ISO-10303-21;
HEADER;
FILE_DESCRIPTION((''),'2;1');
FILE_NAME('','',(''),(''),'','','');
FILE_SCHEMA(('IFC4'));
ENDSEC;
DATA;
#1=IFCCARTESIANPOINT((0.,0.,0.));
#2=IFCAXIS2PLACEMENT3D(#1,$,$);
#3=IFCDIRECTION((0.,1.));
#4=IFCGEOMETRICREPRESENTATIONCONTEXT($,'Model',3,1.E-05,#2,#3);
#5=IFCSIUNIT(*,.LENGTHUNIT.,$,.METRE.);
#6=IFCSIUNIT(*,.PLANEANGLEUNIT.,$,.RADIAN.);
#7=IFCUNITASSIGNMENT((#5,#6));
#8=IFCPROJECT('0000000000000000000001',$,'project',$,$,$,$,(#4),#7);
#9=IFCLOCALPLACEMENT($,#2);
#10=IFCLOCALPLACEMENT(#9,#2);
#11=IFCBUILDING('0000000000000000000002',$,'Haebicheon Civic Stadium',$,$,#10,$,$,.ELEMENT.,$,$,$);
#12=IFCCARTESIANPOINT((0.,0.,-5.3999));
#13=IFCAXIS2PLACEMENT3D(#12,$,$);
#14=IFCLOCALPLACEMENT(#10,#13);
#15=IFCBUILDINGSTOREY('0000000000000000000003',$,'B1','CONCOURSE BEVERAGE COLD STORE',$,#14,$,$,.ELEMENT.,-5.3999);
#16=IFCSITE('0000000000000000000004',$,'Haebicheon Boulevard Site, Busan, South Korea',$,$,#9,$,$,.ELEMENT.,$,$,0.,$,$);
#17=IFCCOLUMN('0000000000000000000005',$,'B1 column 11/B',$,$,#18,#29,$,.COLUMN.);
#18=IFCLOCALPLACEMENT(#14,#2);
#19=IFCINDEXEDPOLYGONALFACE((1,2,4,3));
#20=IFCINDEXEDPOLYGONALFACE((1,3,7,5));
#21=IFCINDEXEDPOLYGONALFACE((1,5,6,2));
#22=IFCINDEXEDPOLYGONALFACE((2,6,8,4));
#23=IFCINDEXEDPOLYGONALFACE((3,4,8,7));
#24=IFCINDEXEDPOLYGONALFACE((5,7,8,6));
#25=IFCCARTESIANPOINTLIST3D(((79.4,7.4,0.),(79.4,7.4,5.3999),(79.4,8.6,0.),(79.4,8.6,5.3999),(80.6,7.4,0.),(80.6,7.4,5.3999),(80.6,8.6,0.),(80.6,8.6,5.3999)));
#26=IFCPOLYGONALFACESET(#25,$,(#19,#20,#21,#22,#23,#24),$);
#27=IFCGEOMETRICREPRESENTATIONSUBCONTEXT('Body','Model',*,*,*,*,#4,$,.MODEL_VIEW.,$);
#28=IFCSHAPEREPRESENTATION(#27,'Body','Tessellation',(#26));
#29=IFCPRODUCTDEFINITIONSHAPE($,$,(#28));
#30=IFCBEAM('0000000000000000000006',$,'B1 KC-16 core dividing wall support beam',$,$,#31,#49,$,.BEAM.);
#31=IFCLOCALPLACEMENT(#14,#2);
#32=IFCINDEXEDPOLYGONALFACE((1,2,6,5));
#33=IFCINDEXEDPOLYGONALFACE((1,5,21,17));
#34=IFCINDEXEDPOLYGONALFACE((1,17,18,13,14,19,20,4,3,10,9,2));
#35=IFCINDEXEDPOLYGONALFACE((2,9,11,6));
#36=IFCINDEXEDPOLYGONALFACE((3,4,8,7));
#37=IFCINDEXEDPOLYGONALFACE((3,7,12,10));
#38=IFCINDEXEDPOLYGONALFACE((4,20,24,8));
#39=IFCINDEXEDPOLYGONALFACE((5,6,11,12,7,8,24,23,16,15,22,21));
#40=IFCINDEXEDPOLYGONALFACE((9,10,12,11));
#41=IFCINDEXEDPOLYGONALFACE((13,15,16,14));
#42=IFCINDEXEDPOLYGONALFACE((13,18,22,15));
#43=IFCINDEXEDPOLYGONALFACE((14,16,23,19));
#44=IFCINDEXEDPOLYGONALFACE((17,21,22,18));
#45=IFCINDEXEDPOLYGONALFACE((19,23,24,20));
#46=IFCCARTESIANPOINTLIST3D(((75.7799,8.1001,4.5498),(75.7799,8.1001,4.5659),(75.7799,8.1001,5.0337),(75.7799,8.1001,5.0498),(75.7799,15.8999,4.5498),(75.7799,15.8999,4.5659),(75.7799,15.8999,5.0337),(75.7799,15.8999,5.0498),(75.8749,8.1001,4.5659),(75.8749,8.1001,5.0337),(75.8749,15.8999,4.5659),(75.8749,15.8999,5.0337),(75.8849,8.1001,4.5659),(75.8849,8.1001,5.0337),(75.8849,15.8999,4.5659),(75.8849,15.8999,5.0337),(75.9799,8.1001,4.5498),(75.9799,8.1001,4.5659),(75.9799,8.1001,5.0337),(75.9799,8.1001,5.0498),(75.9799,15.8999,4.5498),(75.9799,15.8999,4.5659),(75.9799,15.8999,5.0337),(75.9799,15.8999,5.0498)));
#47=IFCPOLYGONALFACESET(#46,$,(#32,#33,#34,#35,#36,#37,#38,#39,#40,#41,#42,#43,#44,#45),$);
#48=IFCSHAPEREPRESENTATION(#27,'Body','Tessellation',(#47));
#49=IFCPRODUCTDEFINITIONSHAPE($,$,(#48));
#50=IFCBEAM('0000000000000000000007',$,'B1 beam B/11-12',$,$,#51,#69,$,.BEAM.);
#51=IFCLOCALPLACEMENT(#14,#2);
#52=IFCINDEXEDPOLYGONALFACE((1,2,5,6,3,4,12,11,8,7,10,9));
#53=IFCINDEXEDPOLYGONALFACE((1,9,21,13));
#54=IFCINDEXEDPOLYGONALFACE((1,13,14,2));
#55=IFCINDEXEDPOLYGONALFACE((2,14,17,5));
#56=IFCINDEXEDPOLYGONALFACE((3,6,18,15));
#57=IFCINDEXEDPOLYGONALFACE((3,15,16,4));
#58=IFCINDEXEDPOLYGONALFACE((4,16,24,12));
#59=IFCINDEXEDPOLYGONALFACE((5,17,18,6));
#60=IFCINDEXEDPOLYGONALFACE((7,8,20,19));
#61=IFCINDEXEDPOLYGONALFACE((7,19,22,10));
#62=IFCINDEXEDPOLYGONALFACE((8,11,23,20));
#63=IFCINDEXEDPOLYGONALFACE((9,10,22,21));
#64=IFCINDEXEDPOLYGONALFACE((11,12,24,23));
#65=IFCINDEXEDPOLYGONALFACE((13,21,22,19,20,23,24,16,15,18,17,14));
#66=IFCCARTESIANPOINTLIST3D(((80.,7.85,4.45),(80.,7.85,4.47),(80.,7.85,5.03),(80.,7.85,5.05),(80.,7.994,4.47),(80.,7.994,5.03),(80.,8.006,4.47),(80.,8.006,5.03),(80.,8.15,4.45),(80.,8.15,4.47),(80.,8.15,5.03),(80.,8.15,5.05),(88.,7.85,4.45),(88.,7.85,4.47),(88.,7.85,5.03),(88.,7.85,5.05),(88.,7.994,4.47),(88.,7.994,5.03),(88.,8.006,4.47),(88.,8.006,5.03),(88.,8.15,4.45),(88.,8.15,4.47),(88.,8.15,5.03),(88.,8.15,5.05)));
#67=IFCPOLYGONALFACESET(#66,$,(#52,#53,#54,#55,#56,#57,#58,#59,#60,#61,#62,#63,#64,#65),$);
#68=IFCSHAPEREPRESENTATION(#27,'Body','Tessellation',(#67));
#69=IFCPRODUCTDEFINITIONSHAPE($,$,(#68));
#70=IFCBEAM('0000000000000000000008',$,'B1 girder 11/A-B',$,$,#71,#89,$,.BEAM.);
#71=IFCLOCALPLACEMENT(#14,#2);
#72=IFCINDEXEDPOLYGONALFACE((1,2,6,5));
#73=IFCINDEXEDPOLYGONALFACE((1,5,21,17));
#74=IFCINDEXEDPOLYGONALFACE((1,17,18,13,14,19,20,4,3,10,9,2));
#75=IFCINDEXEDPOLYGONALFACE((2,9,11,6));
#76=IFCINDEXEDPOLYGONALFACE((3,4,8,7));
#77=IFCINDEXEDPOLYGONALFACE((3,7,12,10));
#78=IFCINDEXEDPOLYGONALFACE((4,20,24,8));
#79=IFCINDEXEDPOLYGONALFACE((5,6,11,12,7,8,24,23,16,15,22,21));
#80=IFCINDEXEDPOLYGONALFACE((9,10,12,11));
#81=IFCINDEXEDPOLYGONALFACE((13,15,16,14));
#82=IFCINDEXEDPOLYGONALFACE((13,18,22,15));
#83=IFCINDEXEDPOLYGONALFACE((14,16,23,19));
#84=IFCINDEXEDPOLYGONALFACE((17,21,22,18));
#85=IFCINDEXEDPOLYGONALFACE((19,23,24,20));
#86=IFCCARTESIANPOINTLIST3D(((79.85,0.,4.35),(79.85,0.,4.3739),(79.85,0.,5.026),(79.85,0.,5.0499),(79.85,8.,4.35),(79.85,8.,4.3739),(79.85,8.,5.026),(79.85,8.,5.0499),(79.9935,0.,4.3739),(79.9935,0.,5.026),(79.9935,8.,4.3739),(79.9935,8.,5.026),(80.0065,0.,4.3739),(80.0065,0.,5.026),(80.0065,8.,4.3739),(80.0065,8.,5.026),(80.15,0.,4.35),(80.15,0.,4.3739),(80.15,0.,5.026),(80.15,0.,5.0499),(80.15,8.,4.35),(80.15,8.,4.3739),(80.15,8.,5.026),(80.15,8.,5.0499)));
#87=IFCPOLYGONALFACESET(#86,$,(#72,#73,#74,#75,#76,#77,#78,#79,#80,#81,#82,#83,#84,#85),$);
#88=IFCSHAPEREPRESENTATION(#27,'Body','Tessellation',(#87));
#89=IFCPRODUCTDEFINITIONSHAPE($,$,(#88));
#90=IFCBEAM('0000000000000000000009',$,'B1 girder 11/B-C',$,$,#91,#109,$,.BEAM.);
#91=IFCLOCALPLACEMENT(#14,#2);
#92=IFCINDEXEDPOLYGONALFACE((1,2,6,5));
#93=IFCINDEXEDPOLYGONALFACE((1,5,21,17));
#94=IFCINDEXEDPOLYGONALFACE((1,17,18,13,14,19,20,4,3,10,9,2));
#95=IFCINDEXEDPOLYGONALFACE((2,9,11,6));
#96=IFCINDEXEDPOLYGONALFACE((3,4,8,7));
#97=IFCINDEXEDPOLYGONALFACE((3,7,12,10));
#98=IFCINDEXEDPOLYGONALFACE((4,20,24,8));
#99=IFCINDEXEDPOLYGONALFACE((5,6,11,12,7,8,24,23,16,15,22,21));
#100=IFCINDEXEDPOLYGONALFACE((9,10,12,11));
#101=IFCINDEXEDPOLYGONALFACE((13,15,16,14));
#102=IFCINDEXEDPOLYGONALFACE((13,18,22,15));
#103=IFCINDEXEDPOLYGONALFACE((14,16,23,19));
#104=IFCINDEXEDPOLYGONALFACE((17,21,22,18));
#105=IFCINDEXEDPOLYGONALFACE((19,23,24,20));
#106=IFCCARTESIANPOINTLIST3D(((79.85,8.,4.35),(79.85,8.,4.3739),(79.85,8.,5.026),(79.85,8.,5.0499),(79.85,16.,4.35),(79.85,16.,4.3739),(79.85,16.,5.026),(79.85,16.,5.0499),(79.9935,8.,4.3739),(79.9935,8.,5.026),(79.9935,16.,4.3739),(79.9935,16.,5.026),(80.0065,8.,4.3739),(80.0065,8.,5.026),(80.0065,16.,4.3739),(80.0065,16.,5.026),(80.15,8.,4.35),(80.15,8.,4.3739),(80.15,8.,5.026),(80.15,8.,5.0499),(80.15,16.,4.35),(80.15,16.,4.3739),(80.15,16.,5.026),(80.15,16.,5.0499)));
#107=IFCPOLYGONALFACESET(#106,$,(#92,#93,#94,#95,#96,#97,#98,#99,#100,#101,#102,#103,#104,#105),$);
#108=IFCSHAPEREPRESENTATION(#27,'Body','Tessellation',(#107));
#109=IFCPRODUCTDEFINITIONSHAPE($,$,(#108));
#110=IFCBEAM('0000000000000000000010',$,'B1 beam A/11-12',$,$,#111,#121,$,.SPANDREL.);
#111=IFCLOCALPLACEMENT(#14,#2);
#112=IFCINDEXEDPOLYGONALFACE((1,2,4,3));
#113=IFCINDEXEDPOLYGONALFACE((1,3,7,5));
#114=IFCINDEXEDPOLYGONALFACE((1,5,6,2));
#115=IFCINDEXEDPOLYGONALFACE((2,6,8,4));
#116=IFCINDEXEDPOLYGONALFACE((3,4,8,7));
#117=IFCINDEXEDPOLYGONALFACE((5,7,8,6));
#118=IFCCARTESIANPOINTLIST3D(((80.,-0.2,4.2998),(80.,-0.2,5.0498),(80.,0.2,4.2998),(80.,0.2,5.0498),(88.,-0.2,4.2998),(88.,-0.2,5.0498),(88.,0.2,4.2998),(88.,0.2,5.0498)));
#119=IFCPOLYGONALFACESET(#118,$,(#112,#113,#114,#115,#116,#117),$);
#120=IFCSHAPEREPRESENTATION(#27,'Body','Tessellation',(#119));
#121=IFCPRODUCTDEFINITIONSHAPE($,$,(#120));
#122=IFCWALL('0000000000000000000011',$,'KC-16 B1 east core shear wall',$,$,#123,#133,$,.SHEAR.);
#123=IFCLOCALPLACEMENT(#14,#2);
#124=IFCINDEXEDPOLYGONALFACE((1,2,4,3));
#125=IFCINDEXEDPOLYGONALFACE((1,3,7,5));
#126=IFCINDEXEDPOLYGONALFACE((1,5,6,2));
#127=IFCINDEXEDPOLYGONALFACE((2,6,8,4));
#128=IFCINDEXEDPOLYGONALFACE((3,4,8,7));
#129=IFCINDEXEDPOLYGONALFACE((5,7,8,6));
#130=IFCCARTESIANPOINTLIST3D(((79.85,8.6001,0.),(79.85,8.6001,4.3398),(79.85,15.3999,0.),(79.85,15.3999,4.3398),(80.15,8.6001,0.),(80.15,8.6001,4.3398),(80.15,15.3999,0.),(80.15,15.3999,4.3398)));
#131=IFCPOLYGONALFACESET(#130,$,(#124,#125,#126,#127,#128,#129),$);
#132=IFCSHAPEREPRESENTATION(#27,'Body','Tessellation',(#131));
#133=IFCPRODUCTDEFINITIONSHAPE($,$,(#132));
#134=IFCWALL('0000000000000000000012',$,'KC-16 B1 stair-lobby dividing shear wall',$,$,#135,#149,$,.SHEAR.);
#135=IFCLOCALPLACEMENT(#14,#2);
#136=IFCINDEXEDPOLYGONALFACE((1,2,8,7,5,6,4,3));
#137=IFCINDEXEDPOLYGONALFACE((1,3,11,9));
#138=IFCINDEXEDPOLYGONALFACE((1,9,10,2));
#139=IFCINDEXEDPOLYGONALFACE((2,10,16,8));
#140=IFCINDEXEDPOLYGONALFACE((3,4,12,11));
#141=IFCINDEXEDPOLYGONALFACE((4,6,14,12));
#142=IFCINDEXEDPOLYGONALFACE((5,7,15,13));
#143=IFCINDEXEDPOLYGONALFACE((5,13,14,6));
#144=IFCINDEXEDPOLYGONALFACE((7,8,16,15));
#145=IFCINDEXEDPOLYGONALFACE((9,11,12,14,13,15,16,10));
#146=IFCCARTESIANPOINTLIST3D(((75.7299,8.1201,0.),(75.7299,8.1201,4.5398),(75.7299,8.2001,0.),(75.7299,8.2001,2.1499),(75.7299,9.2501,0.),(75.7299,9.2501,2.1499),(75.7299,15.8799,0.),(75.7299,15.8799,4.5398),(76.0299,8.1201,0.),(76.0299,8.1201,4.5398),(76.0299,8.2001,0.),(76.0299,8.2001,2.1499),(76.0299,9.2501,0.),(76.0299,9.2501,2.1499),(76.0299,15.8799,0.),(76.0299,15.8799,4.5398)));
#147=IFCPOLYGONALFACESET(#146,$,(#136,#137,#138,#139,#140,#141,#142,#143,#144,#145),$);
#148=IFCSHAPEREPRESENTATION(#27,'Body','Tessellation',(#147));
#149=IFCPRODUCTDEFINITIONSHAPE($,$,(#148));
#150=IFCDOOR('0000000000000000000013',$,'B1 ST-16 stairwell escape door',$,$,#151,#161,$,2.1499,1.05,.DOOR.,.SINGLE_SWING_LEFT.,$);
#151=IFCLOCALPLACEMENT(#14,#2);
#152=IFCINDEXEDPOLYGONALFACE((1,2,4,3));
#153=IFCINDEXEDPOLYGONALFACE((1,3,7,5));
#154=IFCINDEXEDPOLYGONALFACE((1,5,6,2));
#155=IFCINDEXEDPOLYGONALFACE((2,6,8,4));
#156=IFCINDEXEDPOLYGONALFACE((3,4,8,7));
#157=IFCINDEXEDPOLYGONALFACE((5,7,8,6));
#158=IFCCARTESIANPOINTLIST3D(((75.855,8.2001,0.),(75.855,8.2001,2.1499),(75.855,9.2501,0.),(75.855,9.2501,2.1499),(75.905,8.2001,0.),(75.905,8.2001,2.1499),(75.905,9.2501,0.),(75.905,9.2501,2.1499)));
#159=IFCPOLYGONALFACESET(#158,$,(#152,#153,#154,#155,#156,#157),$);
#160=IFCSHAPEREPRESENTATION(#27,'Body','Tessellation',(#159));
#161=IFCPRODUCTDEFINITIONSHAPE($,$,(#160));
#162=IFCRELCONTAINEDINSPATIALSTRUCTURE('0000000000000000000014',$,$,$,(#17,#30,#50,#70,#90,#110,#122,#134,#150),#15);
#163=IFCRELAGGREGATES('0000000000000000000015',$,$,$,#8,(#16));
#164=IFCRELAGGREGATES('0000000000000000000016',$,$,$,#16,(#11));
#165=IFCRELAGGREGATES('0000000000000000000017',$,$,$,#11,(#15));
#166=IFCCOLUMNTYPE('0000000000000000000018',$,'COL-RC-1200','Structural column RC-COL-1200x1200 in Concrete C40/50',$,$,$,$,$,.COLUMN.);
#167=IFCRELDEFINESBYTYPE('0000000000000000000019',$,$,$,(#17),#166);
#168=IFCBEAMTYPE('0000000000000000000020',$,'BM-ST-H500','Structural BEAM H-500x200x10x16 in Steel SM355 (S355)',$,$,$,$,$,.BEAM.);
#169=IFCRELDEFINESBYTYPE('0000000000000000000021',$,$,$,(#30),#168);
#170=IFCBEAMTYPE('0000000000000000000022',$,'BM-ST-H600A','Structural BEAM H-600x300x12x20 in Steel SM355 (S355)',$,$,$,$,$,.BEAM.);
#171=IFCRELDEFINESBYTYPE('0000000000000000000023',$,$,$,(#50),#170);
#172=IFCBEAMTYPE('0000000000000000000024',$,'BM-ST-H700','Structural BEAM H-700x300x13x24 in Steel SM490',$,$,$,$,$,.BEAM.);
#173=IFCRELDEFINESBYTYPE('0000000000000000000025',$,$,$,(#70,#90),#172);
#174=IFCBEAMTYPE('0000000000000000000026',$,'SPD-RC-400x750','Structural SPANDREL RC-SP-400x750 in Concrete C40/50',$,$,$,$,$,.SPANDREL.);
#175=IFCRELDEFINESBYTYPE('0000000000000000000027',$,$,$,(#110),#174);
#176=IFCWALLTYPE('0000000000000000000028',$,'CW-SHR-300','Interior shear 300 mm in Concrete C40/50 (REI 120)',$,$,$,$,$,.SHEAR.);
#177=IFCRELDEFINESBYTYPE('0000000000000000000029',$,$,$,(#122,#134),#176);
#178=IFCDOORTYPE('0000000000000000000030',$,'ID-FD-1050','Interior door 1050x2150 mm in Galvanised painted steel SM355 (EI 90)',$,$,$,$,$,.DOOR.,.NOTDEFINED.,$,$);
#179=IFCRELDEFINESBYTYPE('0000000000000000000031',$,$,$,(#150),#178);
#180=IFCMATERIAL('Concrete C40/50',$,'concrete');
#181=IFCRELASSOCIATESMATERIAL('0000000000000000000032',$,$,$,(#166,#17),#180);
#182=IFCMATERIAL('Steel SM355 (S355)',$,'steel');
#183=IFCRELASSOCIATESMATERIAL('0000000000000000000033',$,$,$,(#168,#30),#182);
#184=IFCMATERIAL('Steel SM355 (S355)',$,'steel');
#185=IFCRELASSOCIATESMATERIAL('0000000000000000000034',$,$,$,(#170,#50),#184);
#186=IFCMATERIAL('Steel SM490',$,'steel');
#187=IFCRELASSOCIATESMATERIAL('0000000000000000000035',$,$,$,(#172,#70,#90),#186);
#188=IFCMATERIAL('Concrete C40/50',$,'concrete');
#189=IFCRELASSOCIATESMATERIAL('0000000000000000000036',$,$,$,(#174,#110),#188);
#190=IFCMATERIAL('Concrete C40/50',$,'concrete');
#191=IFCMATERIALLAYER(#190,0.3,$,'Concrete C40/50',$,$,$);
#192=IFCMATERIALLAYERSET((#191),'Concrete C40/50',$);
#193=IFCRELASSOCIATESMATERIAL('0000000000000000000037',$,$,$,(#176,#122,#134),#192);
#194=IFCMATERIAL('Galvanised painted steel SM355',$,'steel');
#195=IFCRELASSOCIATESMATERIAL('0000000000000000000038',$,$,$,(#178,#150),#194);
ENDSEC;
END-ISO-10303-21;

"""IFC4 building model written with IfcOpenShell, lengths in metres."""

from ifc_helpers import new_model, si_unit, direction, frame, frame_2d, origin, origin_2d, place, context, subcontext, project, spatial, rectangle, i_section, extrude, material, layer, layer_set, material_profile, profile_set, type_object, element, fill, save


model = new_model("IFC4")

# Units and contexts
model_context = context("Model", 3, precision=1e-05, world=origin(), true_north=direction((0.0, 1.0)))
body_context = subcontext(model_context, "Body", "Model", "MODEL_VIEW")
ifc_project = project(units=[si_unit("LENGTHUNIT", "METRE"), si_unit("PLANEANGLEUNIT", "RADIAN")], contexts=[model_context])

# Site, building, storey
site_placement = place(None, origin())
site = spatial("IfcSite", under=ifc_project, at=site_placement, Name="Haebicheon Boulevard Site, Busan, South Korea", CompositionType="ELEMENT", RefElevation=0.0)
building_placement = place(site_placement, origin())
building = spatial("IfcBuilding", under=site, at=building_placement, Name="Haebicheon Civic Stadium", CompositionType="ELEMENT")
storey_placement = place(building_placement, frame((0.0, 0.0, -5.3999)))
storey = spatial("IfcBuildingStorey", under=building, at=storey_placement, Name="B1", Description="CONCOURSE BEVERAGE COLD STORE", CompositionType="ELEMENT", Elevation=-5.3999)

# Column
ifc_material_1 = material(Name="Concrete C40/50", Category="concrete")
ifc_material_profile_1 = material_profile(ifc_material_1, rectangle(XDim=1.2, YDim=1.2, at=origin_2d()), Name="RC-COL-1200x1200")
ifc_profile_set_1 = profile_set([ifc_material_profile_1], Name="Concrete C40/50")
column_type = type_object("IfcColumnType", Name="COL-RC-1200", Description="Structural column RC-COL-1200x1200 in Concrete C40/50", PredefinedType="COLUMN", material=ifc_profile_set_1)
for number, where, z_axis, x_axis, name in (
    (1, (80.0, 8.0, 0.0), (0.0, 0.0, 1.0), (1.0, 0.0, 0.0), "B1 column 11/B"),
):
    element("IfcColumn", number, at=place(storey_placement, frame(where, z_axis=z_axis, x_axis=x_axis)), inside=storey, type_object=column_type, material=ifc_profile_set_1, Name=name, PredefinedType="COLUMN", context=body_context, shape_type="SweptSolid", body=[
        extrude(rectangle(XDim=1.2, YDim=1.2, at=origin_2d()), origin(), (0.0, 0.0, 1.0), 5.3999),
    ])

# Beams
ifc_material_2 = material(Name="Steel SM355 (S355)", Category="steel")
ifc_material_profile_2 = material_profile(ifc_material_2, i_section(OverallWidth=0.2, OverallDepth=0.5, WebThickness=0.01, FlangeThickness=0.0161, at=origin_2d()), Name="H-500x200x10x16")
ifc_profile_set_2 = profile_set([ifc_material_profile_2], Name="Steel SM355 (S355)")
beam_type_1 = type_object("IfcBeamType", Name="BM-ST-H500", Description="Structural BEAM H-500x200x10x16 in Steel SM355 (S355)", PredefinedType="BEAM", material=ifc_profile_set_2)
beam_1_placement = place(storey_placement, frame((75.8799, 8.1001, 4.7998), z_axis=(0.0, 1.0, 0.0), x_axis=(-1.0, 0.0, 0.0)))
element("IfcBeam", 2, at=beam_1_placement, inside=storey, type_object=beam_type_1, material=ifc_profile_set_2, Name="B1 KC-16 core dividing wall support beam", PredefinedType="BEAM", context=body_context, shape_type="SweptSolid", body=[
    extrude(i_section(OverallWidth=0.2, OverallDepth=0.5, WebThickness=0.01, FlangeThickness=0.0161, at=origin_2d()), origin(), (0.0, 0.0, 1.0), 7.7998),
])
ifc_material_3 = material(Name="Steel SM355 (S355)", Category="steel")
ifc_material_profile_3 = material_profile(ifc_material_3, i_section(OverallWidth=0.3, OverallDepth=0.6001, WebThickness=0.012, FlangeThickness=0.02, at=origin_2d()), Name="H-600x300x12x20")
ifc_profile_set_3 = profile_set([ifc_material_profile_3], Name="Steel SM355 (S355)")
beam_type_2 = type_object("IfcBeamType", Name="BM-ST-H600A", Description="Structural BEAM H-600x300x12x20 in Steel SM355 (S355)", PredefinedType="BEAM", material=ifc_profile_set_3)
beam_2_placement = place(storey_placement, frame((80.0, 8.0, 4.75), z_axis=(1.0, 0.0, 0.0), x_axis=(0.0, 1.0, 0.0)))
element("IfcBeam", 3, at=beam_2_placement, inside=storey, type_object=beam_type_2, material=ifc_profile_set_3, Name="B1 beam B/11-12", PredefinedType="BEAM", context=body_context, shape_type="SweptSolid", body=[
    extrude(i_section(OverallWidth=0.3, OverallDepth=0.6001, WebThickness=0.012, FlangeThickness=0.02, at=origin_2d()), origin(), (0.0, 0.0, 1.0), 8.0),
])
ifc_material_4 = material(Name="Steel SM490", Category="steel")
ifc_material_profile_4 = material_profile(ifc_material_4, i_section(OverallWidth=0.3, OverallDepth=0.7, WebThickness=0.0129, FlangeThickness=0.0239, at=origin_2d()), Name="H-700x300x13x24")
ifc_profile_set_4 = profile_set([ifc_material_profile_4], Name="Steel SM490")
beam_type_3 = type_object("IfcBeamType", Name="BM-ST-H700", Description="Structural BEAM H-700x300x13x24 in Steel SM490", PredefinedType="BEAM", material=ifc_profile_set_4)
for number, where, z_axis, x_axis, name in (
    (4, (80.0, 0.0, 4.7), (0.0, 1.0, 0.0), (-1.0, 0.0, 0.0), "B1 girder 11/A-B"),
    (5, (80.0, 8.0, 4.7), (0.0, 1.0, 0.0), (-1.0, 0.0, 0.0), "B1 girder 11/B-C"),
):
    element("IfcBeam", number, at=place(storey_placement, frame(where, z_axis=z_axis, x_axis=x_axis)), inside=storey, type_object=beam_type_3, material=ifc_profile_set_4, Name=name, PredefinedType="BEAM", context=body_context, shape_type="SweptSolid", body=[
        extrude(i_section(OverallWidth=0.3, OverallDepth=0.7, WebThickness=0.0129, FlangeThickness=0.0239, at=origin_2d()), origin(), (0.0, 0.0, 1.0), 8.0),
    ])
ifc_material_5 = material(Name="Concrete C40/50", Category="concrete")
ifc_material_profile_5 = material_profile(ifc_material_5, rectangle(XDim=0.3999, YDim=0.75, at=origin_2d()), Name="RC-SP-400x750")
ifc_profile_set_5 = profile_set([ifc_material_profile_5], Name="Concrete C40/50")
beam_type_4 = type_object("IfcBeamType", Name="SPD-RC-400x750", Description="Structural SPANDREL RC-SP-400x750 in Concrete C40/50", PredefinedType="SPANDREL", material=ifc_profile_set_5)
beam_3_placement = place(storey_placement, frame((80.0, 0.0, 4.6748), z_axis=(1.0, 0.0, 0.0), x_axis=(0.0, 1.0, 0.0)))
element("IfcBeam", 6, at=beam_3_placement, inside=storey, type_object=beam_type_4, material=ifc_profile_set_5, Name="B1 beam A/11-12", PredefinedType="SPANDREL", context=body_context, shape_type="SweptSolid", body=[
    extrude(rectangle(XDim=0.3999, YDim=0.75, at=origin_2d()), origin(), (0.0, 0.0, 1.0), 8.0),
])

# Wall
ifc_material_6 = material(Name="Concrete C40/50", Category="concrete")
ifc_layer_1 = layer(ifc_material_6, 0.3, Name="Concrete C40/50")
ifc_layer_set_1 = layer_set([ifc_layer_1], Name="Concrete C40/50")
wall_type_1 = type_object("IfcWallType", Name="CW-SHR-300", Description="Interior shear 300 mm in Concrete C40/50 (REI 120)", PredefinedType="SHEAR", material=ifc_layer_set_1)
wall_1_placement = place(storey_placement, frame((80.0, 8.6001, 0.0), z_axis=(0.0, 0.0, 1.0), x_axis=(0.0, 1.0, 0.0)))
element("IfcWall", 7, at=wall_1_placement, inside=storey, type_object=wall_type_1, material=ifc_layer_set_1, Name="KC-16 B1 east core shear wall", PredefinedType="SHEAR", context=body_context, shape_type="SweptSolid", body=[
    extrude(rectangle(XDim=6.7998, YDim=0.3, at=frame_2d((3.3999, 0.0))), origin(), (0.0, 0.0, 1.0), 4.3398),
])

# Wall, opening, door
wall_2_placement = place(storey_placement, frame((75.8799, 8.1201, 0.0), z_axis=(0.0, 0.0, 1.0), x_axis=(0.0, 1.0, 0.0)))
wall_2 = element("IfcWall", 8, at=wall_2_placement, inside=storey, type_object=wall_type_1, material=ifc_layer_set_1, Name="KC-16 B1 stair-lobby dividing shear wall", PredefinedType="SHEAR", context=body_context, shape_type="SweptSolid", body=[
    extrude(rectangle(XDim=7.7598, YDim=0.3, at=frame_2d((3.8799, 0.0))), origin(), (0.0, 0.0, 1.0), 4.5398),
])
opening_1_placement = place(wall_2_placement, frame((0.0801, 0.0, 0.0)))
opening_1 = element("IfcOpeningElement", 9, at=opening_1_placement, cuts=wall_2, PredefinedType="OPENING", context=body_context, shape_type="SweptSolid", body=[
    extrude(rectangle(XDim=1.05, YDim=2.1499, at=frame_2d((0.5249, 1.075))), frame((0.0, 0.1599, 0.0), z_axis=(0.0, -1.0, 0.0), x_axis=(1.0, 0.0, 0.0)), (0.0, 0.0, 1.0), 0.3201),
])
ifc_material_7 = material(Name="Galvanised painted steel SM355", Category="steel")
door_type_1 = type_object("IfcDoorType", Name="ID-FD-1050", Description="Interior door 1050x2150 mm in Galvanised painted steel SM355 (EI 90)", OperationType="NOTDEFINED", PredefinedType="DOOR", material=ifc_material_7)
door_1_placement = place(opening_1_placement, origin())
door_1 = element("IfcDoor", 10, at=door_1_placement, inside=storey, type_object=door_type_1, material=ifc_material_7, Name="B1 ST-16 stairwell escape door", OperationType="SINGLE_SWING_LEFT", OverallHeight=2.1499, OverallWidth=1.05, PredefinedType="DOOR", context=body_context, shape_type="SweptSolid", body=[
    extrude(rectangle(XDim=1.05, YDim=2.1499, at=frame_2d((0.5249, 1.075))), frame((0.0, 0.0249, 0.0), z_axis=(0.0, -1.0, 0.0), x_axis=(1.0, 0.0, 0.0)), (0.0, 0.0, 1.0), 0.05),
])
fill(opening_1, door_1)

save(model, "model.ifc")
